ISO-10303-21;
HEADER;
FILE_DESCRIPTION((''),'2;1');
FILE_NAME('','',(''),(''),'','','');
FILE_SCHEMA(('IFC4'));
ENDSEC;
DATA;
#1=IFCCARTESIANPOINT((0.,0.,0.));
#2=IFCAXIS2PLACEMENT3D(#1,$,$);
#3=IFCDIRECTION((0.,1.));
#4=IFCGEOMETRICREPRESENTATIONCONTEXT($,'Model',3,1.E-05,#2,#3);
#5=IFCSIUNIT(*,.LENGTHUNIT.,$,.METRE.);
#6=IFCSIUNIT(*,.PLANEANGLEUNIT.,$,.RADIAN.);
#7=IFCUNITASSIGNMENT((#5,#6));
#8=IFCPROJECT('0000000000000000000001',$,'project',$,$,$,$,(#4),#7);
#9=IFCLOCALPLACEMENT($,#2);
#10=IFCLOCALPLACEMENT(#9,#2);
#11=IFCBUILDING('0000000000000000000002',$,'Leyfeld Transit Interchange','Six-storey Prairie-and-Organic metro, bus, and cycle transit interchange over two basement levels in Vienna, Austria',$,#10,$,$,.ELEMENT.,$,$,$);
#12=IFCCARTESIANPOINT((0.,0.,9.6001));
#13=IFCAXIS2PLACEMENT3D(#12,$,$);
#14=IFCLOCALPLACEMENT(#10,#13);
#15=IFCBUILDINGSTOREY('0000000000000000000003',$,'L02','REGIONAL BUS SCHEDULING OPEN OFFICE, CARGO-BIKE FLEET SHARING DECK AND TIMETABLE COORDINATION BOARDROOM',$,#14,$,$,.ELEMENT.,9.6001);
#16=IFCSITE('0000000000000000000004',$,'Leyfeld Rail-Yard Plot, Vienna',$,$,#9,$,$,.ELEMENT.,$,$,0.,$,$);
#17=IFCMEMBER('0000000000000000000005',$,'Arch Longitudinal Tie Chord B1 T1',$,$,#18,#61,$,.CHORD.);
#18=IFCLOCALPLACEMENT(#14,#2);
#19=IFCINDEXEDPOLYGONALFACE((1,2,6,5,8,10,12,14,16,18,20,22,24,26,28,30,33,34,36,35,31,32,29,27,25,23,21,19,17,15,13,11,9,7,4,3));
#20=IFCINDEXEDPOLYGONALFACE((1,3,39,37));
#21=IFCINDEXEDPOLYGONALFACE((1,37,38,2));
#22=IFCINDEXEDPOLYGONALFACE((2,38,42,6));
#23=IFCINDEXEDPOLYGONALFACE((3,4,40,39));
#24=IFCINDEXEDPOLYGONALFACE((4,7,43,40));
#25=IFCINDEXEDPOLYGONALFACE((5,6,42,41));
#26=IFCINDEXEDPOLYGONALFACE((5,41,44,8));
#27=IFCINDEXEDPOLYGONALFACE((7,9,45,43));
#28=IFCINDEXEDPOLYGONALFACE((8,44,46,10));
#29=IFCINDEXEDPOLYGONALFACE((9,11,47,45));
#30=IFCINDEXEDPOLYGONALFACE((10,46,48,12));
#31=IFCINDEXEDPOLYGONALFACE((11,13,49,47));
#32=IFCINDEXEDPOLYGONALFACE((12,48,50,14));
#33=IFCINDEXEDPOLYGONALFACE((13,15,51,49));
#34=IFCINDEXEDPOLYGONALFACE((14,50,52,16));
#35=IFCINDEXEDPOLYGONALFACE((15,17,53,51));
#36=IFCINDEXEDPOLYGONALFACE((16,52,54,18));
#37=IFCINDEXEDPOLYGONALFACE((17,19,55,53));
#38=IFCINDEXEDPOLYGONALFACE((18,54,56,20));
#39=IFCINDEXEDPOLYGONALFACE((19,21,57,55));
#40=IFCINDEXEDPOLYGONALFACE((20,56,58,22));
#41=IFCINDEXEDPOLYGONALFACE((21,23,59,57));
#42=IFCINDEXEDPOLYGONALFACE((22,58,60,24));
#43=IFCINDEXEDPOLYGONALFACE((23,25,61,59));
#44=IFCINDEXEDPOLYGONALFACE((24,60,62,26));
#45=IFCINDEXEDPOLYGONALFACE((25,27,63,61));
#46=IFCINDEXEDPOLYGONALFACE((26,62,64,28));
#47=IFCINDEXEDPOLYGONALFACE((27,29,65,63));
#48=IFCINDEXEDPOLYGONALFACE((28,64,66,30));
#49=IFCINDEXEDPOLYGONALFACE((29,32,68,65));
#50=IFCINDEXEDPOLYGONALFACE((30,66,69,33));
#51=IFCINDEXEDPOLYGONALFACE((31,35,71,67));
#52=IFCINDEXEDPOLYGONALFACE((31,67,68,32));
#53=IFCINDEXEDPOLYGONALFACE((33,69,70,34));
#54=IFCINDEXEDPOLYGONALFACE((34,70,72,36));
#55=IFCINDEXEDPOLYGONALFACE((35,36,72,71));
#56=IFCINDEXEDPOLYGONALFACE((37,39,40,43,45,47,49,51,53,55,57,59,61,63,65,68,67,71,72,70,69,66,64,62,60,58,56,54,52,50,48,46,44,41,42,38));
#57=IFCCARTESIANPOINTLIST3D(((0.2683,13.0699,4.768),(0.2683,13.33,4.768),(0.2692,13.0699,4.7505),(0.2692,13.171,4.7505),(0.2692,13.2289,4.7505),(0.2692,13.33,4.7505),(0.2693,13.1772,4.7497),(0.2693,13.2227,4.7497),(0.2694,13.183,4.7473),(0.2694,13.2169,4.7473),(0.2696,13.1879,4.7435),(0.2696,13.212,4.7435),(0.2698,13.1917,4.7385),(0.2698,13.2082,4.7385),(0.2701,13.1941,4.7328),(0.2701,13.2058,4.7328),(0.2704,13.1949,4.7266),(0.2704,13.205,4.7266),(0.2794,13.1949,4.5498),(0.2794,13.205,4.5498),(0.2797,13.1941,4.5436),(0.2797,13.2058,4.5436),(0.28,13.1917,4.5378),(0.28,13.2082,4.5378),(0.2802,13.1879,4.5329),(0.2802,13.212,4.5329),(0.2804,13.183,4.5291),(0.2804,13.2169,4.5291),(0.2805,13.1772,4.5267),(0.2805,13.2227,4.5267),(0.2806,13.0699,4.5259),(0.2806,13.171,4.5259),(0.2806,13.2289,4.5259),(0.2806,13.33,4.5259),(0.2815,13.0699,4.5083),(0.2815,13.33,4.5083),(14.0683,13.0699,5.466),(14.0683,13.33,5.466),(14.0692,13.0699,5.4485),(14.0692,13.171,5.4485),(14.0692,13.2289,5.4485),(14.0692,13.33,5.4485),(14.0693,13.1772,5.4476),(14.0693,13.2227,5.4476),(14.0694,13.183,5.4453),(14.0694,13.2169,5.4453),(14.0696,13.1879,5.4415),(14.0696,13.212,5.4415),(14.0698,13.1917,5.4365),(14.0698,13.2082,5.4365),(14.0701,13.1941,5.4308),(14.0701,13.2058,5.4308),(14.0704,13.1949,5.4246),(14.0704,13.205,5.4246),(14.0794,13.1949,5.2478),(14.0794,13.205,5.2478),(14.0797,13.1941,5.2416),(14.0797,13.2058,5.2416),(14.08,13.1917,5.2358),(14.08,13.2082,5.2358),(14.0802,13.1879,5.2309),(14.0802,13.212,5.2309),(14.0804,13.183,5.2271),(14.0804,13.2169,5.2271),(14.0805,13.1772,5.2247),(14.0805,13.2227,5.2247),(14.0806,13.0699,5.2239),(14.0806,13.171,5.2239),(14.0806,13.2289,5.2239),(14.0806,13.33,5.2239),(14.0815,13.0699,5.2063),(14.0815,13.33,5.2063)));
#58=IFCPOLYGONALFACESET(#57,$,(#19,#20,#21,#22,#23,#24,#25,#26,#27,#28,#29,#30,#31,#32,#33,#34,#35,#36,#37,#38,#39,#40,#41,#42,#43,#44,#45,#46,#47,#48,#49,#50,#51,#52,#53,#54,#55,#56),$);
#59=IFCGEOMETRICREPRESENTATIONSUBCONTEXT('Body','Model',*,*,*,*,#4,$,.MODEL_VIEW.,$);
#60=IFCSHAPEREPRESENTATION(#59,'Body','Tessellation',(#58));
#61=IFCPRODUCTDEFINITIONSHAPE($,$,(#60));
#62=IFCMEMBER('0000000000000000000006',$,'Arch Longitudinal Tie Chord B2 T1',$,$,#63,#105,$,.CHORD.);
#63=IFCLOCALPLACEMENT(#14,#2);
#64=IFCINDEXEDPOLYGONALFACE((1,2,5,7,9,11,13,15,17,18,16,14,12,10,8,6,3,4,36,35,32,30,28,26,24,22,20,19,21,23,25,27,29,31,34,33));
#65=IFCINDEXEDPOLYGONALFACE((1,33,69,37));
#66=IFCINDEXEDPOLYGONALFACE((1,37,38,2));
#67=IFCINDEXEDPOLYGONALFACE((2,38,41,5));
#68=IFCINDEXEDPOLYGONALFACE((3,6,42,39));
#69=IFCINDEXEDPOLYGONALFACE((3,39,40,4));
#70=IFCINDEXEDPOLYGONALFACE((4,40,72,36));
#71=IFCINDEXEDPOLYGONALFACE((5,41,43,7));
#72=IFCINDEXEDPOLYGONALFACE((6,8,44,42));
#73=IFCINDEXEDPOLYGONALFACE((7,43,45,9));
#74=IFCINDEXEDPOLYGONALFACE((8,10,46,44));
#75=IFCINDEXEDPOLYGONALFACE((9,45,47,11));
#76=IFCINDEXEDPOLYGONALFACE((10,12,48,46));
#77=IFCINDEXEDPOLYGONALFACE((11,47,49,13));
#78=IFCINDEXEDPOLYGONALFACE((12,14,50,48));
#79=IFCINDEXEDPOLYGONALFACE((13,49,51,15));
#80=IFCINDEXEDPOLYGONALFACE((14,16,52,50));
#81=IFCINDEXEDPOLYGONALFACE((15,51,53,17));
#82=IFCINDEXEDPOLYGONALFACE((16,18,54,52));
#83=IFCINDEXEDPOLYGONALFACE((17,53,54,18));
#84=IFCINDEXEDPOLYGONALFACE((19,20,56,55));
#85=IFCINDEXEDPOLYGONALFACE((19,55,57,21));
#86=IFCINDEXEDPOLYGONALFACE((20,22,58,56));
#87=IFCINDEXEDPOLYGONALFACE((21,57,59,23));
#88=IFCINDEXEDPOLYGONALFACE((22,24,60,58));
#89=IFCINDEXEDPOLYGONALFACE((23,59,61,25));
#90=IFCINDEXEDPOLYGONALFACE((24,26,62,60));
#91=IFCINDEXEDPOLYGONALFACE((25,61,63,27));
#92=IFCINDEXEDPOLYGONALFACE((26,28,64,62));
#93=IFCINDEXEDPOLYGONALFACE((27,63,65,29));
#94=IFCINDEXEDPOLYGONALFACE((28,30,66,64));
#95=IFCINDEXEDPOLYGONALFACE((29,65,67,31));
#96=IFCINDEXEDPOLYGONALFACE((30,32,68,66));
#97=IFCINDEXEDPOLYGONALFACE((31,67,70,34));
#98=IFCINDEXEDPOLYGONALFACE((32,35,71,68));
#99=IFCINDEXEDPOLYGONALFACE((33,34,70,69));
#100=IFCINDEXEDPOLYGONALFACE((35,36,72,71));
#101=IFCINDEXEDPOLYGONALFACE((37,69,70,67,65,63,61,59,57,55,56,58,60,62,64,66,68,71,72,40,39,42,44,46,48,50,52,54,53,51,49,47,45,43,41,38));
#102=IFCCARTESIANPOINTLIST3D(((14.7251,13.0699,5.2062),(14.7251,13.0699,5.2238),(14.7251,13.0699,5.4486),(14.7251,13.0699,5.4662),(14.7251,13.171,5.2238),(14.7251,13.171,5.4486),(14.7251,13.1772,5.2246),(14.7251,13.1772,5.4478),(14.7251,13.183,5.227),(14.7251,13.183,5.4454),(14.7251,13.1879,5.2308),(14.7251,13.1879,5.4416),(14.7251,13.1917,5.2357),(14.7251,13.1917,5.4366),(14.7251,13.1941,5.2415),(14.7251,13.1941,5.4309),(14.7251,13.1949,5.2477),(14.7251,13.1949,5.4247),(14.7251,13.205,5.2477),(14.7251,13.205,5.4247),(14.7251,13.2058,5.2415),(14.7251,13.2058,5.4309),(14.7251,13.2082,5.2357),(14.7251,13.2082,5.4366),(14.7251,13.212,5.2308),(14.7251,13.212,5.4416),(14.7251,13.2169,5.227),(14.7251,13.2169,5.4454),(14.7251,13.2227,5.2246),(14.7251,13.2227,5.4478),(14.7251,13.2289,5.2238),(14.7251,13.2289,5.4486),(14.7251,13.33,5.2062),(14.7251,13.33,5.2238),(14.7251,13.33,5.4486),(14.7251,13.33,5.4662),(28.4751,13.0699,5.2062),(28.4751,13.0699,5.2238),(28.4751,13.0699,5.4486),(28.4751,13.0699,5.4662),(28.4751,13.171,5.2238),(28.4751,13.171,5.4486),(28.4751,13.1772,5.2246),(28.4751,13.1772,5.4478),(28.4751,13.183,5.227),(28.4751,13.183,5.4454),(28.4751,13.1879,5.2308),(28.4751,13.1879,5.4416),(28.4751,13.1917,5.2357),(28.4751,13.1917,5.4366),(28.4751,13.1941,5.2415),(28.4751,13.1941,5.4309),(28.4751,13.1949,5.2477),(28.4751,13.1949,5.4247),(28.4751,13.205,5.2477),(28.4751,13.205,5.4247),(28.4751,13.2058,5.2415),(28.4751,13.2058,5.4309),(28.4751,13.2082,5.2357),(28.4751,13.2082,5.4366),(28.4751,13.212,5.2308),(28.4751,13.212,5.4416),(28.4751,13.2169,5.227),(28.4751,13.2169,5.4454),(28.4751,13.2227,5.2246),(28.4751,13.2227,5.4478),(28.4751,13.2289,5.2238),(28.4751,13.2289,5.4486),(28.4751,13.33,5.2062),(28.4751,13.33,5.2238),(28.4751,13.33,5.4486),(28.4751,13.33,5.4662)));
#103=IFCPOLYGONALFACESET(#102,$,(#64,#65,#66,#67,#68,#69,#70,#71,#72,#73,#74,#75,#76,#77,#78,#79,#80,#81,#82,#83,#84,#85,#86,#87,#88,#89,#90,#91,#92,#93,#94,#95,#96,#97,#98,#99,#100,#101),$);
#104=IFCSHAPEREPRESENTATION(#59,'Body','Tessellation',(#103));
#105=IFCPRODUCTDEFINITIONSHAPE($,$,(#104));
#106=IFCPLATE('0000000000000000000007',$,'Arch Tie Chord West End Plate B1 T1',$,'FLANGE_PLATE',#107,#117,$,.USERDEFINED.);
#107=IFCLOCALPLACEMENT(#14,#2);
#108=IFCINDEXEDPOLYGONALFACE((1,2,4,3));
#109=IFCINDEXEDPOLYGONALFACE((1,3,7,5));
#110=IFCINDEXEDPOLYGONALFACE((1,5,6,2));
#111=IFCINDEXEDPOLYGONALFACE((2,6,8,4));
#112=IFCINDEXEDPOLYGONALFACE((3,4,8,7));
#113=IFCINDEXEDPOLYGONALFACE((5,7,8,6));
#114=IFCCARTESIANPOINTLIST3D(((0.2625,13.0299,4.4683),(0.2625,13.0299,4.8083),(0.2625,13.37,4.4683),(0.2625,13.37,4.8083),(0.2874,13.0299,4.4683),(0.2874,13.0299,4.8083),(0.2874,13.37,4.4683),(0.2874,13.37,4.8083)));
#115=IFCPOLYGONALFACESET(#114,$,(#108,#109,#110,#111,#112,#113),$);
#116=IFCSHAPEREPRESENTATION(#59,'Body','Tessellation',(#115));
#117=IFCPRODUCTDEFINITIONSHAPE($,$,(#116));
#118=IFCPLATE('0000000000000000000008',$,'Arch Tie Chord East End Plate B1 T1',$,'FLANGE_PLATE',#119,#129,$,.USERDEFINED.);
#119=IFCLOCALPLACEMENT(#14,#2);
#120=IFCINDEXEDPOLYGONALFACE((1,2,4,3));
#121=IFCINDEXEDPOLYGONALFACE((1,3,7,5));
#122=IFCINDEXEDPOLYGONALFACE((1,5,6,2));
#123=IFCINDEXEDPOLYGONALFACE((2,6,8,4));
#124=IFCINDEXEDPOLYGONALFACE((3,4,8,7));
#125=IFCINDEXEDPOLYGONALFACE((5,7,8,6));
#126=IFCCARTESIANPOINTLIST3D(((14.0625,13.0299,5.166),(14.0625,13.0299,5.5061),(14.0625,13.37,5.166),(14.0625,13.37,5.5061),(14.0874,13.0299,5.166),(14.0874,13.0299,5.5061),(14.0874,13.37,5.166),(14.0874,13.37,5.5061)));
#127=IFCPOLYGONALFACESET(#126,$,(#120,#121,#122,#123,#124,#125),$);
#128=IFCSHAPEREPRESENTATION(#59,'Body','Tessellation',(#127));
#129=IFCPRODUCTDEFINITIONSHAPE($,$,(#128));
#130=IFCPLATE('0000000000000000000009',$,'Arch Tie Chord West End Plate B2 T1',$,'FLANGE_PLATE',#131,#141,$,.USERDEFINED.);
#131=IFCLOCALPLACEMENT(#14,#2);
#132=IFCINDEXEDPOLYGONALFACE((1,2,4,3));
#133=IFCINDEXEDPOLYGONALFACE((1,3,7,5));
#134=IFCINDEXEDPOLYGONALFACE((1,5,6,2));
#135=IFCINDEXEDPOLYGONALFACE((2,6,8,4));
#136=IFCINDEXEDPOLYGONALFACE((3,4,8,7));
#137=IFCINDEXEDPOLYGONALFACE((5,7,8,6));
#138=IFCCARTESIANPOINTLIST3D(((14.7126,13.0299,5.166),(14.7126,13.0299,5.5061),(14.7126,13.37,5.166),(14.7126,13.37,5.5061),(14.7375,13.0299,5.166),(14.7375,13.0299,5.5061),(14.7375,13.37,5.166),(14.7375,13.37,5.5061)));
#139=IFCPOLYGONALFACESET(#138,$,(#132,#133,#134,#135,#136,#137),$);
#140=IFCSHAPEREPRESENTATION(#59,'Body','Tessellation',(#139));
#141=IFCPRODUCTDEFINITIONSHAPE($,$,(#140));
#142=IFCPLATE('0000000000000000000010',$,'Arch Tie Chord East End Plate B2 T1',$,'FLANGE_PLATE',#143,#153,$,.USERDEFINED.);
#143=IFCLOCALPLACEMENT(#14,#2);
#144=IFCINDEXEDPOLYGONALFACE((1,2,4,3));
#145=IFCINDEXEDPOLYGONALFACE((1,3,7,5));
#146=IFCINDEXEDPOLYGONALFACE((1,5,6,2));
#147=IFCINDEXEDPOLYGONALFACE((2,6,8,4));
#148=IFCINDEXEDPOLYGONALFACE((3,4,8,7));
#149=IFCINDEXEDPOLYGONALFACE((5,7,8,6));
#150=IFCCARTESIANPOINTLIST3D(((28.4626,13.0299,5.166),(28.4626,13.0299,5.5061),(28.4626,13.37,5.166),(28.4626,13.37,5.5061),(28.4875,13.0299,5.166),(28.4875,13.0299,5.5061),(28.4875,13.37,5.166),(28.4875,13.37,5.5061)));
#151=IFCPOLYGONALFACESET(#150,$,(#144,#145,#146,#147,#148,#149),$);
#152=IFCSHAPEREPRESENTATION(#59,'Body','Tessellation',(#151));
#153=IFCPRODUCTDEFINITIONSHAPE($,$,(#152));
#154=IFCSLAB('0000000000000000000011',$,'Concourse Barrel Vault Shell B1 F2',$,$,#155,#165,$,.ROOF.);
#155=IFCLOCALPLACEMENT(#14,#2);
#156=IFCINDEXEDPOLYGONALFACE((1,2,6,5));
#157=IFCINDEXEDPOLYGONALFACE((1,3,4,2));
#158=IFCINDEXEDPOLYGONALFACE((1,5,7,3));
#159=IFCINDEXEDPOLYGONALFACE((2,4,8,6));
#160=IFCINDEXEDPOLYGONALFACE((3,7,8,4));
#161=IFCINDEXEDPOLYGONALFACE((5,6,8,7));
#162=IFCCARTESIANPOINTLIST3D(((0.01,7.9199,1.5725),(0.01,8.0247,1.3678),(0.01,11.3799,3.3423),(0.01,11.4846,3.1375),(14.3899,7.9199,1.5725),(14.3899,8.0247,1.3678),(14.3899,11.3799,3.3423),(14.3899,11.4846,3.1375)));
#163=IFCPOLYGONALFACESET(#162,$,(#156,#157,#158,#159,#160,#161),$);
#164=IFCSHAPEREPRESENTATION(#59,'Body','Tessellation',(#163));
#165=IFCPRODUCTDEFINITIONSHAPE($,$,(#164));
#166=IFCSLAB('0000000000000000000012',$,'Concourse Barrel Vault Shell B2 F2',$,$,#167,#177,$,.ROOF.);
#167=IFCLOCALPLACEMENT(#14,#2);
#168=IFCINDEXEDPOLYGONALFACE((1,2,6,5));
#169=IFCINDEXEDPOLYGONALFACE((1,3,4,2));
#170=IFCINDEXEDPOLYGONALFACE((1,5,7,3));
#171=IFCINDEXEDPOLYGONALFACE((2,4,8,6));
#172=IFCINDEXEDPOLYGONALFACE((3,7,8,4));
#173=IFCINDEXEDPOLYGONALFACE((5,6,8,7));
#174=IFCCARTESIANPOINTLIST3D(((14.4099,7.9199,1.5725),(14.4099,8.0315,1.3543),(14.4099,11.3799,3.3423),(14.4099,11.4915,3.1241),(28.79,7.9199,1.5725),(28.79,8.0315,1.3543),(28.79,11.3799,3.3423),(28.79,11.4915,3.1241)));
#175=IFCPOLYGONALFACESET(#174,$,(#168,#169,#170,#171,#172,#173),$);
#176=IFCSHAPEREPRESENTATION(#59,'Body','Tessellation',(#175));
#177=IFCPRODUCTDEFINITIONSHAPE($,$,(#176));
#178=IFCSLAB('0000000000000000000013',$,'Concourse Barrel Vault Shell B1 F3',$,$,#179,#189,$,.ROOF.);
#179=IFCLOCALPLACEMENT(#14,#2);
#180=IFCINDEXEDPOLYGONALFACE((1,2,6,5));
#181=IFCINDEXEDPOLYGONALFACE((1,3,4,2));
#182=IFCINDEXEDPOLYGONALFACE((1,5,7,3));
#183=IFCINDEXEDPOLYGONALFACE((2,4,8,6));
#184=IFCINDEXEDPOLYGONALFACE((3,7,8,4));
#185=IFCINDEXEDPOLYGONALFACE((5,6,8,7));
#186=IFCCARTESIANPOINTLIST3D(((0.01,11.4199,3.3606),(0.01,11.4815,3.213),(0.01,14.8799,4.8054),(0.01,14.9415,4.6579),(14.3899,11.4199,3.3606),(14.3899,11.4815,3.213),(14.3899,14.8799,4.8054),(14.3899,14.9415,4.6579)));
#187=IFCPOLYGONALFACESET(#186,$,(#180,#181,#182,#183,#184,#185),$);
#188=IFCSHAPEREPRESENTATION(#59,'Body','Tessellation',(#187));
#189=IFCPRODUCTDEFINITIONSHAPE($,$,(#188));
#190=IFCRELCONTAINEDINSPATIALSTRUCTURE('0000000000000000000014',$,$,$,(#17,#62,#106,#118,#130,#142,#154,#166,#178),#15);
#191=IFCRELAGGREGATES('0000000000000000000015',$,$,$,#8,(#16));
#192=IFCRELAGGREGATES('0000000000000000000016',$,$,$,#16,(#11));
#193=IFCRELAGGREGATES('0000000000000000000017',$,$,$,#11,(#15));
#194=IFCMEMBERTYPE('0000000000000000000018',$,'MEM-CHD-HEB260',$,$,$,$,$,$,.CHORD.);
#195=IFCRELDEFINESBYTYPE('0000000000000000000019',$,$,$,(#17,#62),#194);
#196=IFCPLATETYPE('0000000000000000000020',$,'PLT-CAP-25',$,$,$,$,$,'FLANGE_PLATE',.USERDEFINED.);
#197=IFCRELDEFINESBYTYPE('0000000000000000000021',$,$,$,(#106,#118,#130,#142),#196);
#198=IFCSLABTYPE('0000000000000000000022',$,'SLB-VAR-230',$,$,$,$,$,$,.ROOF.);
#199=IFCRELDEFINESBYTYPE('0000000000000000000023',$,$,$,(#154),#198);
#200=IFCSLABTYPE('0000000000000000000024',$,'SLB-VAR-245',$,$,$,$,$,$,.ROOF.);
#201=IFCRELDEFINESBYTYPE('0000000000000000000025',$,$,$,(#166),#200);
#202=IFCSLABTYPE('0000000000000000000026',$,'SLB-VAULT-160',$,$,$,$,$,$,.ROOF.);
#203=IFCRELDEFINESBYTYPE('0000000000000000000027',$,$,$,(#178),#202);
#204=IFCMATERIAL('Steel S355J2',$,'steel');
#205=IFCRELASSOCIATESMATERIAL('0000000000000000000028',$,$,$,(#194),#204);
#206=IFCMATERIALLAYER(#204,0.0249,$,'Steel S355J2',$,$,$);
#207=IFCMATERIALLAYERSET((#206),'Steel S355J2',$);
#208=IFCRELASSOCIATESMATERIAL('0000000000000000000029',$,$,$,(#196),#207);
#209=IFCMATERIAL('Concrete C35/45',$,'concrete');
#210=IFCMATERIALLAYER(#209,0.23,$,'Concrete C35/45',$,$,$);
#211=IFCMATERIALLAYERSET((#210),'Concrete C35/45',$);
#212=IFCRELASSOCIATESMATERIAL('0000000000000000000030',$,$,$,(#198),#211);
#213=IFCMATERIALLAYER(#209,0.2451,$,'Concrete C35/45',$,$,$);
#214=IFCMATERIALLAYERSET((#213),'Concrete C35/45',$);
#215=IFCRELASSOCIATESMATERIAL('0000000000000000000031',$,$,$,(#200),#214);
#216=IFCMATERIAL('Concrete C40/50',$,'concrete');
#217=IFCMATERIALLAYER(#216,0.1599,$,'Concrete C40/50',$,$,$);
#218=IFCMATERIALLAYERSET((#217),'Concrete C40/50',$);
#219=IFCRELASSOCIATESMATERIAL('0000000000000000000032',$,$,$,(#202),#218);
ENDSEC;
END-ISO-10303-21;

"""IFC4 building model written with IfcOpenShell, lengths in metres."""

from ifc_helpers import new_model, si_unit, direction, frame, origin, origin_2d, place, context, subcontext, project, spatial, polyline, rectangle, i_section, outline, extrude, material, layer, layer_set, material_profile, profile_set, type_object, element, save


model = new_model("IFC4")

# Units and contexts
model_context = context("Model", 3, precision=1e-05, world=origin(), true_north=direction((0.0, 1.0)))
body_context = subcontext(model_context, "Body", "Model", "MODEL_VIEW")
ifc_project = project(units=[si_unit("LENGTHUNIT", "METRE"), si_unit("PLANEANGLEUNIT", "RADIAN")], contexts=[model_context])

# Site, building, storey
site_placement = place(None, origin())
site = spatial("IfcSite", under=ifc_project, at=site_placement, Name="Leyfeld Rail-Yard Plot, Vienna", CompositionType="ELEMENT", RefElevation=0.0)
building_placement = place(site_placement, origin())
building = spatial("IfcBuilding", under=site, at=building_placement, Name="Leyfeld Transit Interchange", Description="Six-storey Prairie-and-Organic metro, bus, and cycle transit interchange over two basement levels in Vienna, Austria", CompositionType="ELEMENT")
storey_placement = place(building_placement, frame((0.0, 0.0, 9.6001)))
storey = spatial("IfcBuildingStorey", under=building, at=storey_placement, Name="L02", Description="REGIONAL BUS SCHEDULING OPEN OFFICE, CARGO-BIKE FLEET SHARING DECK AND TIMETABLE COORDINATION BOARDROOM", CompositionType="ELEMENT", Elevation=9.6001)

# Shared definitions
ifc_material_1 = material(Name="Concrete C40/50", Category="concrete")

# Members
ifc_material_2 = material(Name="Steel S355J2", Category="steel")
ifc_material_profile_1 = material_profile(ifc_material_2, i_section(OverallWidth=0.26, OverallDepth=0.26, WebThickness=0.01, FlangeThickness=0.0176, FilletRadius=0.0239, at=origin_2d()), Name="HEB 260")
ifc_profile_set_1 = profile_set([ifc_material_profile_1], Name="Steel S355J2")
member_type_1 = type_object("IfcMemberType", Name="MEM-CHD-HEB260", PredefinedType="CHORD", material=ifc_profile_set_1)
member_1_placement = place(storey_placement, frame((0.2749, 13.2, 4.6382), z_axis=(0.998723, 0.0, 0.050515), x_axis=(0.0, 1.0, 0.0)))
element("IfcMember", 1, at=member_1_placement, inside=storey, type_object=member_type_1, Name="Arch Longitudinal Tie Chord B1 T1", PredefinedType="CHORD", context=body_context, shape_type="SweptSolid", body=[
    extrude(i_section(OverallWidth=0.26, OverallDepth=0.26, WebThickness=0.01, FlangeThickness=0.0176, FilletRadius=0.0239, at=origin_2d()), origin(), (0.0, 0.0, 1.0), 13.8176),
])
member_2_placement = place(storey_placement, frame((14.7251, 13.2, 5.3362), z_axis=(1.0, 0.0, 0.0), x_axis=(0.0, 1.0, 0.0)))
element("IfcMember", 2, at=member_2_placement, inside=storey, type_object=member_type_1, Name="Arch Longitudinal Tie Chord B2 T1", PredefinedType="CHORD", context=body_context, shape_type="SweptSolid", body=[
    extrude(i_section(OverallWidth=0.26, OverallDepth=0.26, WebThickness=0.01, FlangeThickness=0.0176, FilletRadius=0.0239, at=origin_2d()), origin(), (0.0, 0.0, 1.0), 13.75),
])

# Plates
ifc_layer_1 = layer(ifc_material_2, 0.0249, Name="Steel S355J2")
ifc_layer_set_1 = layer_set([ifc_layer_1], Name="Steel S355J2")
plate_type = type_object("IfcPlateType", Name="PLT-CAP-25", ElementType="FLANGE_PLATE", PredefinedType="USERDEFINED", material=ifc_layer_set_1)
for number, where, z_axis, x_axis, name in (
    (3, (0.2749, 13.2, 4.4683), (0.0, 0.0, 1.0), (0.0, 1.0, 0.0), "Arch Tie Chord West End Plate B1 T1"),
    (4, (14.075, 13.2, 5.166), (0.0, 0.0, 1.0), (0.0, 1.0, 0.0), "Arch Tie Chord East End Plate B1 T1"),
    (5, (14.7251, 13.2, 5.166), (0.0, 0.0, 1.0), (0.0, 1.0, 0.0), "Arch Tie Chord West End Plate B2 T1"),
    (6, (28.4751, 13.2, 5.166), (0.0, 0.0, 1.0), (0.0, 1.0, 0.0), "Arch Tie Chord East End Plate B2 T1"),
):
    element("IfcPlate", number, at=place(storey_placement, frame(where, z_axis=z_axis, x_axis=x_axis)), inside=storey, type_object=plate_type, Name=name, ObjectType="FLANGE_PLATE", PredefinedType="USERDEFINED", context=body_context, shape_type="SweptSolid", body=[
        extrude(rectangle(XDim=0.3401, YDim=0.0249, at=origin_2d()), origin(), (0.0, 0.0, 1.0), 0.3401),
    ])

# Slabs
ifc_material_3 = material(Name="Concrete C35/45", Category="concrete")
ifc_layer_2 = layer(ifc_material_3, 0.23, Name="Concrete C35/45")
ifc_layer_set_2 = layer_set([ifc_layer_2], Name="Concrete C35/45")
slab_type_1 = type_object("IfcSlabType", Name="SLB-VAR-230", PredefinedType="ROOF", material=ifc_layer_set_2)
slab_1_placement = place(storey_placement, frame((0.01, 7.9199, 1.5725), z_axis=(0.0, -0.455387, 0.890294), x_axis=(1.0, 0.0, 0.0)))
element("IfcSlab", 7, at=slab_1_placement, inside=storey, type_object=slab_type_1, Name="Concourse Barrel Vault Shell B1 F2", PredefinedType="ROOF", context=body_context, shape_type="SweptSolid", body=[
    extrude(outline(polyline([(0.0, 0.0), (14.3799, 0.0), (14.3799, 3.8863), (0.0, 3.8863), (0.0, 0.0)])), origin(), (0.0, 0.0, -1.0), 0.23),
])
ifc_layer_3 = layer(ifc_material_3, 0.2451, Name="Concrete C35/45")
ifc_layer_set_3 = layer_set([ifc_layer_3], Name="Concrete C35/45")
slab_type_2 = type_object("IfcSlabType", Name="SLB-VAR-245", PredefinedType="ROOF", material=ifc_layer_set_3)
slab_2_placement = place(storey_placement, frame((14.4099, 7.9199, 1.5725), z_axis=(0.0, -0.455387, 0.890294), x_axis=(1.0, 0.0, 0.0)))
element("IfcSlab", 8, at=slab_2_placement, inside=storey, type_object=slab_type_2, Name="Concourse Barrel Vault Shell B2 F2", PredefinedType="ROOF", context=body_context, shape_type="SweptSolid", body=[
    extrude(outline(polyline([(0.0, 0.0), (14.3801, 0.0), (14.3801, 3.8863), (0.0, 3.8863), (0.0, 0.0)])), origin(), (0.0, 0.0, -1.0), 0.2451),
])
ifc_layer_4 = layer(ifc_material_1, 0.1599, Name="Concrete C40/50")
ifc_layer_set_4 = layer_set([ifc_layer_4], Name="Concrete C40/50")
slab_type_3 = type_object("IfcSlabType", Name="SLB-VAULT-160", PredefinedType="ROOF", material=ifc_layer_set_4)
slab_3_placement = place(storey_placement, frame((0.01, 11.4199, 3.3606), z_axis=(0.0, -0.385337, 0.922776), x_axis=(1.0, 0.0, 0.0)))
element("IfcSlab", 9, at=slab_3_placement, inside=storey, type_object=slab_type_3, Name="Concourse Barrel Vault Shell B1 F3", PredefinedType="ROOF", context=body_context, shape_type="SweptSolid", body=[
    extrude(outline(polyline([(0.0, 0.0), (14.3799, 0.0), (14.3799, 3.7495), (0.0, 3.7495), (0.0, 0.0)])), origin(), (0.0, 0.0, -1.0), 0.1599),
])

save(model, "model.ifc")
